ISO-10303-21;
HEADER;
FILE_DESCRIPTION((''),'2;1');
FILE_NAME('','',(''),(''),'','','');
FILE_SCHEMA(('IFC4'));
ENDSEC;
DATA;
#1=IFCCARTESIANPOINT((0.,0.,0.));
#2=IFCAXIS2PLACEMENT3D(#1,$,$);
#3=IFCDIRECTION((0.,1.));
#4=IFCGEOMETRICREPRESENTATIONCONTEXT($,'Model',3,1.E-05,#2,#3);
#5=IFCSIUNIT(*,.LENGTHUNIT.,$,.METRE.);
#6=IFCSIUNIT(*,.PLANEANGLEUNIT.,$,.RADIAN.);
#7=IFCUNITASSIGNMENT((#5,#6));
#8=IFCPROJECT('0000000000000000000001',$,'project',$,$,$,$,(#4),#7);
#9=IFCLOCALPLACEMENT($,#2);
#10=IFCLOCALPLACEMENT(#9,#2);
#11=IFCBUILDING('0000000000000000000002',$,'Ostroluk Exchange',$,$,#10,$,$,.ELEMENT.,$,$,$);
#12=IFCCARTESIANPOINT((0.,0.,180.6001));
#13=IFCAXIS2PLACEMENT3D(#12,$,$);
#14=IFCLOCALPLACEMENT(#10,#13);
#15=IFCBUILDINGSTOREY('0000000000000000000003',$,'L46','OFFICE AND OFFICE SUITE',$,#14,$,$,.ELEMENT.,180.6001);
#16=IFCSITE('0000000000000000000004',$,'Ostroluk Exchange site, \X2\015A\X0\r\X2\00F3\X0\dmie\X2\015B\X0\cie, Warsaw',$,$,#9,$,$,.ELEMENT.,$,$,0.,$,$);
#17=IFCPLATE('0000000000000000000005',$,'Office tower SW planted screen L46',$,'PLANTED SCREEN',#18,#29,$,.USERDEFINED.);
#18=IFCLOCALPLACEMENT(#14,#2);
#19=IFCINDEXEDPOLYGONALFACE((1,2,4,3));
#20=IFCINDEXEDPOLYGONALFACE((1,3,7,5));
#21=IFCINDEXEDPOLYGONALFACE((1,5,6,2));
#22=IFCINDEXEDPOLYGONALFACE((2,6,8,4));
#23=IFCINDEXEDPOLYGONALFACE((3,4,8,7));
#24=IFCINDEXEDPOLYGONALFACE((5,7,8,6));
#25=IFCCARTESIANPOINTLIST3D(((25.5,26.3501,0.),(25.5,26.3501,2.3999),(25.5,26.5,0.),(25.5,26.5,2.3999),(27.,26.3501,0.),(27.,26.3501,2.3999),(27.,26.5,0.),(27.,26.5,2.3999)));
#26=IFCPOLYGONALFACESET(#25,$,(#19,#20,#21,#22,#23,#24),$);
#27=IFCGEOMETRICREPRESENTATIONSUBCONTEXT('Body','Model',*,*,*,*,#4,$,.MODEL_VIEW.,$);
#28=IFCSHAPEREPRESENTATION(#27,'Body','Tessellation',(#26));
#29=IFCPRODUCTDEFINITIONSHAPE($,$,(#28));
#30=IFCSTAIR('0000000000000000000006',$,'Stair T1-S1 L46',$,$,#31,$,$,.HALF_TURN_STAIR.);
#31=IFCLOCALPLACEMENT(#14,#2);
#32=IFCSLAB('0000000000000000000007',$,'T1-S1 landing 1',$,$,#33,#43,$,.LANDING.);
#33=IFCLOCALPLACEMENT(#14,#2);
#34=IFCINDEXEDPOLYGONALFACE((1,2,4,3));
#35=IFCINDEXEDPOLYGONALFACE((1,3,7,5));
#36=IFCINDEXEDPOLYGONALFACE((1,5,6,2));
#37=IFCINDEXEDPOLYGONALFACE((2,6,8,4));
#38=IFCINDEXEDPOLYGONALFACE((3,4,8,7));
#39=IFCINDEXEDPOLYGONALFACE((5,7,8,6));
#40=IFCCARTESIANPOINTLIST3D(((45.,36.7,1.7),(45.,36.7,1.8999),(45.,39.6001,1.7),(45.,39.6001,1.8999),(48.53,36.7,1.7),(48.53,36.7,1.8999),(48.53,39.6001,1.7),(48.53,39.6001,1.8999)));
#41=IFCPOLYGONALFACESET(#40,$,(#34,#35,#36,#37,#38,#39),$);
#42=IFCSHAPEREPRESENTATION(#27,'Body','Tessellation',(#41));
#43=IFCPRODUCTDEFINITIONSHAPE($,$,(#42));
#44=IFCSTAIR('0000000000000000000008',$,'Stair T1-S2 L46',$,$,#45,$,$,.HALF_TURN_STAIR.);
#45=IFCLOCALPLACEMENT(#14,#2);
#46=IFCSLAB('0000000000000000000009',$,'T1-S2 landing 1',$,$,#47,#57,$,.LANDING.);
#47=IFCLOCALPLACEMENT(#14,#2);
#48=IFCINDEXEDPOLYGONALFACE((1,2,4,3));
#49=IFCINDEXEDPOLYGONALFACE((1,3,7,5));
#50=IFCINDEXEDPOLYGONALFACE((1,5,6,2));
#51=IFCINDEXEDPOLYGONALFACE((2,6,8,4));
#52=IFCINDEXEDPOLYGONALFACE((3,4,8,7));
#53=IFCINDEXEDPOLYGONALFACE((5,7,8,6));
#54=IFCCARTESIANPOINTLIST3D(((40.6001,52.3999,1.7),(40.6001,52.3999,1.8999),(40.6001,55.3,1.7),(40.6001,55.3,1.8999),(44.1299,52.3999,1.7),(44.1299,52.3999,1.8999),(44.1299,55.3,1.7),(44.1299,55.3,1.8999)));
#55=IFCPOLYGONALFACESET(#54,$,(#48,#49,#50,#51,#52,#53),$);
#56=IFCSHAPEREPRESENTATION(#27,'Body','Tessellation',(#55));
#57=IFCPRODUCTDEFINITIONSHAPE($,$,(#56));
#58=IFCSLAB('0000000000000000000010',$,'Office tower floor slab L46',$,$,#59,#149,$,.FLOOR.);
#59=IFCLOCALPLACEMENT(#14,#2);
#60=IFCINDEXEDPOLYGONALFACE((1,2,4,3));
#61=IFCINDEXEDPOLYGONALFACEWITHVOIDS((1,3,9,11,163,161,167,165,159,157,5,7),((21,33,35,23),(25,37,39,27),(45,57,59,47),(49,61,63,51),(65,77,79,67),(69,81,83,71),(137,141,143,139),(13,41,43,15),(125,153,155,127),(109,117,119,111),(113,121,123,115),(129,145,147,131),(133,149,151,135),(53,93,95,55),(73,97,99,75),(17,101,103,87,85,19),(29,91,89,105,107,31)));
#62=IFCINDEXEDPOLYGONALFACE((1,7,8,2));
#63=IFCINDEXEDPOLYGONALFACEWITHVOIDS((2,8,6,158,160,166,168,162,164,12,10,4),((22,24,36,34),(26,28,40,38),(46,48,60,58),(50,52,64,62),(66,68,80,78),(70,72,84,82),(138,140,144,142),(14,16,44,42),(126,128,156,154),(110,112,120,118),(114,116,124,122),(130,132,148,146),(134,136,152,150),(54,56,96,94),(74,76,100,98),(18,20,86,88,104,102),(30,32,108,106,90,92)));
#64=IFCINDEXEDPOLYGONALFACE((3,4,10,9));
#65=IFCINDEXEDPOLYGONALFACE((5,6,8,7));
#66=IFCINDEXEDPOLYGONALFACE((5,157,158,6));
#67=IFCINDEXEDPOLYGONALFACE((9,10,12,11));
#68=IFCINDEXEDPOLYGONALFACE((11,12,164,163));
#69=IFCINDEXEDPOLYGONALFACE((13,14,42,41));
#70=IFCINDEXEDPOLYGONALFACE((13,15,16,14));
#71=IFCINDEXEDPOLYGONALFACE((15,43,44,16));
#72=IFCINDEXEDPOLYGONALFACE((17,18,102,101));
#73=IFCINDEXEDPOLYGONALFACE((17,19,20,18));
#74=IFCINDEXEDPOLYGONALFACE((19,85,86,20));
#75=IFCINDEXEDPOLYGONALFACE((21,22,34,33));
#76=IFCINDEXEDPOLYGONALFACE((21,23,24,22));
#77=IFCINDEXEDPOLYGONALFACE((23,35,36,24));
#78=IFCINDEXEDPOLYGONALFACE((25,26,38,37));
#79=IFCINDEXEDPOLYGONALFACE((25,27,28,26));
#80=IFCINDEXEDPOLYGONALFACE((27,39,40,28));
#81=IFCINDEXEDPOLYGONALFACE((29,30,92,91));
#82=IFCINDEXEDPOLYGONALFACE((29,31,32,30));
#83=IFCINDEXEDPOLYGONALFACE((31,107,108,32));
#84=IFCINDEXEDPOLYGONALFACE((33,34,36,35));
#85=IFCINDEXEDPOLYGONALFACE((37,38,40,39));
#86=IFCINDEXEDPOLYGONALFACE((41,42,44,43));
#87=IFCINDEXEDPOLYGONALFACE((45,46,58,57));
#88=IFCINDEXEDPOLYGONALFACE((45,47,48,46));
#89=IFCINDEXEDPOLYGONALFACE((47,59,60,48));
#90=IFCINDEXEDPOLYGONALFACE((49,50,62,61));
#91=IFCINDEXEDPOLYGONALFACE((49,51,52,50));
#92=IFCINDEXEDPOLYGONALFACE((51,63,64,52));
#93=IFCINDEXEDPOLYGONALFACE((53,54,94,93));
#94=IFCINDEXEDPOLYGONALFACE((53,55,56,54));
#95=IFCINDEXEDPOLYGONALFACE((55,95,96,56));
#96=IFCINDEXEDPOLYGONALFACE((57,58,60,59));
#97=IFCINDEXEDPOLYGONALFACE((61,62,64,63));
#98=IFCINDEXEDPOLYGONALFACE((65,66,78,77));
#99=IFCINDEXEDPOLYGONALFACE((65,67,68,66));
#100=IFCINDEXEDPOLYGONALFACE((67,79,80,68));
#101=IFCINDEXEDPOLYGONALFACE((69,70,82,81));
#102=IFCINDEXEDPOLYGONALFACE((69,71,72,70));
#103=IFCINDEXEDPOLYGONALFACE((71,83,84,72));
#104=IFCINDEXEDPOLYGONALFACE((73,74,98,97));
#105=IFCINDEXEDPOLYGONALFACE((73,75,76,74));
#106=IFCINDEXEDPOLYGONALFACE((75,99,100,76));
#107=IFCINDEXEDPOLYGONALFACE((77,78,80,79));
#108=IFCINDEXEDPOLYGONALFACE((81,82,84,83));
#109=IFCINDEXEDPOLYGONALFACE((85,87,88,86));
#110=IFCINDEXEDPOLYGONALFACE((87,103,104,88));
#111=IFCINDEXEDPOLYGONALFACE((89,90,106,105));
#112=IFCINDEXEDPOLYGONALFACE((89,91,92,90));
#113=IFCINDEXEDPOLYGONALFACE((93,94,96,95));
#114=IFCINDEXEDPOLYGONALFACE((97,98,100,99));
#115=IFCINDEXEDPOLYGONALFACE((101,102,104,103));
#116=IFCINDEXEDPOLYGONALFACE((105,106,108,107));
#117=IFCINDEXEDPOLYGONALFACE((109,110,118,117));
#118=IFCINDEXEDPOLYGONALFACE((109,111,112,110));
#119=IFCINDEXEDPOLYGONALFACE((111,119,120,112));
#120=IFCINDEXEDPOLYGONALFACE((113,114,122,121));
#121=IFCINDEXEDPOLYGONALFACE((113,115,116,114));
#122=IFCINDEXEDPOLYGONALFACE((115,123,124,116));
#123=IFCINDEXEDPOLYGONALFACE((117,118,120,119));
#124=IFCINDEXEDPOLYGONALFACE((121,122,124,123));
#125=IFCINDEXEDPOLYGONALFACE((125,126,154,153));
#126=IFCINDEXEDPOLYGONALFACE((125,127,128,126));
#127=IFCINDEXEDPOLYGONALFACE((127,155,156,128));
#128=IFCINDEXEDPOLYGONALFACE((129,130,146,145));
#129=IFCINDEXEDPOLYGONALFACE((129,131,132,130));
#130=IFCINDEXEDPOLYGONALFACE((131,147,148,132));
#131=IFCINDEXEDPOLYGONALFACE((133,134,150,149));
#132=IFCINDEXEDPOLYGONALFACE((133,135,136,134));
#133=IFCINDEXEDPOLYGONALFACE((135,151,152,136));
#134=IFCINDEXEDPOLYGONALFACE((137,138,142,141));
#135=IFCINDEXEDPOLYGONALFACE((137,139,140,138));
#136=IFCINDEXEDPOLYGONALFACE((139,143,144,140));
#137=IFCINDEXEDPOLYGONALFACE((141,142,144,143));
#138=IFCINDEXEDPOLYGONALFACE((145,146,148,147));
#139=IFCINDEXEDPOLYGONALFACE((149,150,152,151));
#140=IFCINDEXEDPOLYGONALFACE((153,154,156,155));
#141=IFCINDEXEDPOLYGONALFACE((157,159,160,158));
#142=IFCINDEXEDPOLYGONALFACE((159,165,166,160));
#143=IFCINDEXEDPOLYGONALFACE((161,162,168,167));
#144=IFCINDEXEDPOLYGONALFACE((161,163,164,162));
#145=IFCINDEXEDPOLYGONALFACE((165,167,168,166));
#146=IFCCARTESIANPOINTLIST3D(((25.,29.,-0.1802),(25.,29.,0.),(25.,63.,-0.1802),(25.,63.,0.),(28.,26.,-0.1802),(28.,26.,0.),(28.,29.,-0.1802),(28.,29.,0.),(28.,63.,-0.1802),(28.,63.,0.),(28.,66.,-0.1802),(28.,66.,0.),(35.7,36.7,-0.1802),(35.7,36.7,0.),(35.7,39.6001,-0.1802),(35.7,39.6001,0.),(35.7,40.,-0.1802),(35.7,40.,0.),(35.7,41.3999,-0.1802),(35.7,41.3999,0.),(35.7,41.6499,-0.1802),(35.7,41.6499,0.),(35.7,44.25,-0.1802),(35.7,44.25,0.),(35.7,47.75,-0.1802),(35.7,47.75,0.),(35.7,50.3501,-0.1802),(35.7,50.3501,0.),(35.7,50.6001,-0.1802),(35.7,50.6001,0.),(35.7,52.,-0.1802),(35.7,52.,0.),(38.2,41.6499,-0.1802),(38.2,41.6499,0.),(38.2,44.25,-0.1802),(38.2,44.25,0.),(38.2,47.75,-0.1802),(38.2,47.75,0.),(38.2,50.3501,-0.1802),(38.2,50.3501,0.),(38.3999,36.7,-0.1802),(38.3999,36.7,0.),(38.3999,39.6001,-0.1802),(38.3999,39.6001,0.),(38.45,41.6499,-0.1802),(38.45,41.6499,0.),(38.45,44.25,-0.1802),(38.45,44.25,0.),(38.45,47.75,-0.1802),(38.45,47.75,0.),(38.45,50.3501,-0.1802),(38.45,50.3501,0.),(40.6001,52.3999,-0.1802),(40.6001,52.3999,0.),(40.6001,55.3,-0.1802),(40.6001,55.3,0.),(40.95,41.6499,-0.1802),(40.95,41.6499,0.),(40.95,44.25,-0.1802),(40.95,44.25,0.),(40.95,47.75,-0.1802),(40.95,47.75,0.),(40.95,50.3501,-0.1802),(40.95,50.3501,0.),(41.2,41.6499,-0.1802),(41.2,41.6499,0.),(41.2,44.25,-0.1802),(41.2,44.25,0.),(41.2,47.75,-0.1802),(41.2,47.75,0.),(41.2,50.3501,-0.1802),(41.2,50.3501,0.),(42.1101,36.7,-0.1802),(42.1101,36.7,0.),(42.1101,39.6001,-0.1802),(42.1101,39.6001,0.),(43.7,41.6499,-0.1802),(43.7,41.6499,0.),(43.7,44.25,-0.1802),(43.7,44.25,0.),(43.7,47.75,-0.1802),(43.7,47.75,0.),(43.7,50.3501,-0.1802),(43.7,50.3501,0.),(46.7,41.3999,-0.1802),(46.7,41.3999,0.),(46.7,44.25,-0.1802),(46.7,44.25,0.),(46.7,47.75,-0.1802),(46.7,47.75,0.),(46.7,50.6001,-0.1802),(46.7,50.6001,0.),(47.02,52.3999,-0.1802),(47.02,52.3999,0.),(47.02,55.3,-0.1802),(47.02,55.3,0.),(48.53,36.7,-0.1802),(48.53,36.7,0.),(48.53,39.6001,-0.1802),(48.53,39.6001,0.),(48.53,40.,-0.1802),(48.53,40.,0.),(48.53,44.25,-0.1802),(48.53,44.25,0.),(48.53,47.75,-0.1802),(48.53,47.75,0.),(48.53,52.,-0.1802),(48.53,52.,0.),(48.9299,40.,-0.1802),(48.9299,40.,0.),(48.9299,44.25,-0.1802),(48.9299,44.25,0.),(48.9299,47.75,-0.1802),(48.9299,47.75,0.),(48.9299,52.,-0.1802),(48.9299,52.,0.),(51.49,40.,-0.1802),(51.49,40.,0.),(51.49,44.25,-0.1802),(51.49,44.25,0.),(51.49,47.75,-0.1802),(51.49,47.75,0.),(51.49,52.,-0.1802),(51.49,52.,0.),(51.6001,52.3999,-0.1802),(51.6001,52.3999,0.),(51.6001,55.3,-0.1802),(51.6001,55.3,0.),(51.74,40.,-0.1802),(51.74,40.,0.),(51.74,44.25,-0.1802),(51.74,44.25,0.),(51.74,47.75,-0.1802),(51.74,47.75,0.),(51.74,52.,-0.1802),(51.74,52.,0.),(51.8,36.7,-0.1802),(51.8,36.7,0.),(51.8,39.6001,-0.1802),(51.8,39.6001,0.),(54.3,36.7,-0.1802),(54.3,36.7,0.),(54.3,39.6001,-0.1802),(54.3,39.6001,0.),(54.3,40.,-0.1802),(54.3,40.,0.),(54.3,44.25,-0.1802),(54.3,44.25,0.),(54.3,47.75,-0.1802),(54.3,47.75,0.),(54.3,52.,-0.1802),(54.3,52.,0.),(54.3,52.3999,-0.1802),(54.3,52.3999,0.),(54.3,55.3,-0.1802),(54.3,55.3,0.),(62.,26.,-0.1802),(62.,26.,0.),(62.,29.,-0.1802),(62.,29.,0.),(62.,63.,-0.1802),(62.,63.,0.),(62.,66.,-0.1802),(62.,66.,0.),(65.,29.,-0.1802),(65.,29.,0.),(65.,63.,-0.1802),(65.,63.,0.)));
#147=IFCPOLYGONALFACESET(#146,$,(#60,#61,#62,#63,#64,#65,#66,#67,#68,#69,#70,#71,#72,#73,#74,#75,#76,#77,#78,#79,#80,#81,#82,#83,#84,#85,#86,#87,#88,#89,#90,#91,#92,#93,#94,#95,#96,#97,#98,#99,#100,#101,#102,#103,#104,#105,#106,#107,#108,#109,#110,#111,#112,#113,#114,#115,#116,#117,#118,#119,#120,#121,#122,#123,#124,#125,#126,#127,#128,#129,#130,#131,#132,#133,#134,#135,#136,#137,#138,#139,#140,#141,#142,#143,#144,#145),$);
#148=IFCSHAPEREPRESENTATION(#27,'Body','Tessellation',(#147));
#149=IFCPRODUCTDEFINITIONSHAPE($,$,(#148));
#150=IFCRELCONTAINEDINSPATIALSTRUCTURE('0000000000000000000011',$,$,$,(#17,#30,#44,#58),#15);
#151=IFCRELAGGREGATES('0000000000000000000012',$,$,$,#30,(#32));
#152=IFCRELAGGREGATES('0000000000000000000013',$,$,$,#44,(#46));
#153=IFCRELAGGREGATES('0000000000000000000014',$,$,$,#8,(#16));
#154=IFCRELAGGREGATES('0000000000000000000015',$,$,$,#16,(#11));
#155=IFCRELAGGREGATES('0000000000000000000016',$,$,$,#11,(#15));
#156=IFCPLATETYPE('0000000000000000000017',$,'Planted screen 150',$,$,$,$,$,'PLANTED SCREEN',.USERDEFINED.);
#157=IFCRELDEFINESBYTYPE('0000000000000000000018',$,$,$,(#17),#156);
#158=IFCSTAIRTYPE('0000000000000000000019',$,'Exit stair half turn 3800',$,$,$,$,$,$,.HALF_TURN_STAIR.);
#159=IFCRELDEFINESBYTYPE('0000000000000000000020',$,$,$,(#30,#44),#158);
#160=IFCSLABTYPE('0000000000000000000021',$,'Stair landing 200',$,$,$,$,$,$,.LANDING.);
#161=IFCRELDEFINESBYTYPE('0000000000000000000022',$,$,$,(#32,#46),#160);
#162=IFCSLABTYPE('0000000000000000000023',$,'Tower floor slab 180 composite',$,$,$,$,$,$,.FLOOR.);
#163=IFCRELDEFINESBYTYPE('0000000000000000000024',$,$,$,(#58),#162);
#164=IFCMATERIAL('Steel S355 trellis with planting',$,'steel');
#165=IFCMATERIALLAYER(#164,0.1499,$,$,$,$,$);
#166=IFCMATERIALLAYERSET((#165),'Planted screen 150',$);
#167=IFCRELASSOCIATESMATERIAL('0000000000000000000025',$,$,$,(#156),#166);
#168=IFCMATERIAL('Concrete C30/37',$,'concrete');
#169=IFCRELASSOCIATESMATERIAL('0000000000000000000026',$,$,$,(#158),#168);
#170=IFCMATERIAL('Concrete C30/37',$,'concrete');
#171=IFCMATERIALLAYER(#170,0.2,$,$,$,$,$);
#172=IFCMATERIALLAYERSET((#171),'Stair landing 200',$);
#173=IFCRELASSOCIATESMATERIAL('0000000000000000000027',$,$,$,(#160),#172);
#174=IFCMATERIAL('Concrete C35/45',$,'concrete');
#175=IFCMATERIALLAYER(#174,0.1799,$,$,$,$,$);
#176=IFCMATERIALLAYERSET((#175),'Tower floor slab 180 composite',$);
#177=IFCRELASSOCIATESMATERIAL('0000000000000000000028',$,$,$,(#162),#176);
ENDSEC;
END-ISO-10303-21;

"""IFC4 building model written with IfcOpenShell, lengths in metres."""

from ifc_helpers import new_model, si_unit, direction, frame, origin, origin_2d, place, context, subcontext, project, spatial, polyline, rectangle, outline, extrude, material, layer, layer_set, type_object, element, aggregate, save


model = new_model("IFC4")

# Units and contexts
model_context = context("Model", 3, precision=1e-05, world=origin(), true_north=direction((0.0, 1.0)))
body_context = subcontext(model_context, "Body", "Model", "MODEL_VIEW")
ifc_project = project(units=[si_unit("LENGTHUNIT", "METRE"), si_unit("PLANEANGLEUNIT", "RADIAN")], contexts=[model_context])

# Site, building, storey
site_placement = place(None, origin())
site = spatial("IfcSite", under=ifc_project, at=site_placement, Name="Ostroluk Exchange site, Śródmieście, Warsaw", CompositionType="ELEMENT", RefElevation=0.0)
building_placement = place(site_placement, origin())
building = spatial("IfcBuilding", under=site, at=building_placement, Name="Ostroluk Exchange", CompositionType="ELEMENT")
storey_placement = place(building_placement, frame((0.0, 0.0, 180.6001)))
storey = spatial("IfcBuildingStorey", under=building, at=storey_placement, Name="L46", Description="OFFICE AND OFFICE SUITE", CompositionType="ELEMENT", Elevation=180.6001)

# Plate
ifc_material_1 = material(Name="Steel S355 trellis with planting", Category="steel")
ifc_layer_1 = layer(ifc_material_1, 0.1499)
ifc_layer_set_1 = layer_set([ifc_layer_1], Name="Planted screen 150")
plate_type = type_object("IfcPlateType", Name="Planted screen 150", ElementType="PLANTED SCREEN", PredefinedType="USERDEFINED", material=ifc_layer_set_1)
plate_placement = place(storey_placement, frame((26.25, 26.425, 0.0), z_axis=(0.0, 0.0, 1.0), x_axis=(1.0, 0.0, 0.0)))
element("IfcPlate", 1, at=plate_placement, inside=storey, type_object=plate_type, Name="Office tower SW planted screen L46", ObjectType="PLANTED SCREEN", PredefinedType="USERDEFINED", context=body_context, shape_type="SweptSolid", body=[
    extrude(rectangle(XDim=1.5, YDim=0.1499, at=origin_2d()), origin(), (0.0, 0.0, 1.0), 2.3999),
])

# Stairs, slabs
ifc_material_2 = material(Name="Concrete C30/37", Category="concrete")
stair_type = type_object("IfcStairType", Name="Exit stair half turn 3800", PredefinedType="HALF_TURN_STAIR", material=ifc_material_2)
stair_1_placement = place(storey_placement, origin())
stair_1 = element("IfcStair", 2, at=stair_1_placement, inside=storey, type_object=stair_type, Name="Stair T1-S1 L46", PredefinedType="HALF_TURN_STAIR")
ifc_material_3 = material(Name="Concrete C30/37", Category="concrete")
ifc_layer_2 = layer(ifc_material_3, 0.2)
ifc_layer_set_2 = layer_set([ifc_layer_2], Name="Stair landing 200")
slab_type_1 = type_object("IfcSlabType", Name="Stair landing 200", PredefinedType="LANDING", material=ifc_layer_set_2)
slab_1_placement = place(storey_placement, frame((0.0, 0.0, 1.7)))
slab_1 = element("IfcSlab", 3, at=slab_1_placement, type_object=slab_type_1, Name="T1-S1 landing 1", PredefinedType="LANDING", context=body_context, shape_type="SweptSolid", body=[
    extrude(outline(polyline([(45.0, 36.7), (45.0, 39.6001), (48.53, 39.6001), (48.53, 36.7), (45.0, 36.7)])), origin(), (0.0, 0.0, 1.0), 0.2),
])
aggregate(stair_1, [slab_1])
stair_2_placement = place(storey_placement, origin())
stair_2 = element("IfcStair", 4, at=stair_2_placement, inside=storey, type_object=stair_type, Name="Stair T1-S2 L46", PredefinedType="HALF_TURN_STAIR")
slab_2_placement = place(storey_placement, frame((0.0, 0.0, 1.7)))
slab_2 = element("IfcSlab", 5, at=slab_2_placement, type_object=slab_type_1, Name="T1-S2 landing 1", PredefinedType="LANDING", context=body_context, shape_type="SweptSolid", body=[
    extrude(outline(polyline([(44.1299, 52.3999), (44.1299, 55.3), (40.6001, 55.3), (40.6001, 52.3999), (44.1299, 52.3999)])), origin(), (0.0, 0.0, 1.0), 0.2),
])
aggregate(stair_2, [slab_2])

# Slab
ifc_material_4 = material(Name="Concrete C35/45", Category="concrete")
ifc_layer_3 = layer(ifc_material_4, 0.1799)
ifc_layer_set_3 = layer_set([ifc_layer_3], Name="Tower floor slab 180 composite")
slab_type_2 = type_object("IfcSlabType", Name="Tower floor slab 180 composite", PredefinedType="FLOOR", material=ifc_layer_set_3)
slab_3_placement = place(storey_placement, frame((0.0, 0.0, -0.1802)))
element("IfcSlab", 6, at=slab_3_placement, inside=storey, type_object=slab_type_2, Name="Office tower floor slab L46", PredefinedType="FLOOR", context=body_context, shape_type="SweptSolid", body=[
    extrude(outline(polyline([(28.0, 26.0), (62.0, 26.0), (62.0, 29.0), (65.0, 29.0), (65.0, 63.0), (62.0, 63.0), (62.0, 66.0), (28.0, 66.0), (28.0, 63.0), (25.0, 63.0), (25.0, 29.0), (28.0, 29.0), (28.0, 26.0)]), holes=[polyline([(35.7, 36.7), (38.3999, 36.7), (38.3999, 39.6001), (35.7, 39.6001), (35.7, 36.7)]), polyline([(42.1101, 36.7), (48.53, 36.7), (48.53, 39.6001), (42.1101, 39.6001), (42.1101, 36.7)]), polyline([(51.8, 36.7), (54.3, 36.7), (54.3, 39.6001), (51.8, 39.6001), (51.8, 36.7)]), polyline([(40.6001, 52.3999), (47.02, 52.3999), (47.02, 55.3), (40.6001, 55.3), (40.6001, 52.3999)]), polyline([(51.6001, 52.3999), (54.3, 52.3999), (54.3, 55.3), (51.6001, 55.3), (51.6001, 52.3999)]), polyline([(35.7, 47.75), (38.2, 47.75), (38.2, 50.3501), (35.7, 50.3501), (35.7, 47.75)]), polyline([(38.45, 47.75), (40.95, 47.75), (40.95, 50.3501), (38.45, 50.3501), (38.45, 47.75)]), polyline([(41.2, 47.75), (43.7, 47.75), (43.7, 50.3501), (41.2, 50.3501), (41.2, 47.75)]), polyline([(35.7, 41.6499), (38.2, 41.6499), (38.2, 44.25), (35.7, 44.25), (35.7, 41.6499)]), polyline([(38.45, 41.6499), (40.95, 41.6499), (40.95, 44.25), (38.45, 44.25), (38.45, 41.6499)]), polyline([(41.2, 41.6499), (43.7, 41.6499), (43.7, 44.25), (41.2, 44.25), (41.2, 41.6499)]), polyline([(48.9299, 47.75), (51.49, 47.75), (51.49, 52.0), (48.9299, 52.0), (48.9299, 47.75)]), polyline([(51.74, 47.75), (54.3, 47.75), (54.3, 52.0), (51.74, 52.0), (51.74, 47.75)]), polyline([(48.9299, 40.0), (51.49, 40.0), (51.49, 44.25), (48.9299, 44.25), (48.9299, 40.0)]), polyline([(51.74, 40.0), (54.3, 40.0), (54.3, 44.25), (51.74, 44.25), (51.74, 40.0)]), polyline([(48.53, 52.0), (48.53, 47.75), (46.7, 47.75), (46.7, 50.6001), (35.7, 50.6001), (35.7, 52.0), (48.53, 52.0)]), polyline([(35.7, 40.0), (35.7, 41.3999), (46.7, 41.3999), (46.7, 44.25), (48.53, 44.25), (48.53, 40.0), (35.7, 40.0)])]), origin(), (0.0, 0.0, 1.0), 0.1802),
])

save(model, "model.ifc")
